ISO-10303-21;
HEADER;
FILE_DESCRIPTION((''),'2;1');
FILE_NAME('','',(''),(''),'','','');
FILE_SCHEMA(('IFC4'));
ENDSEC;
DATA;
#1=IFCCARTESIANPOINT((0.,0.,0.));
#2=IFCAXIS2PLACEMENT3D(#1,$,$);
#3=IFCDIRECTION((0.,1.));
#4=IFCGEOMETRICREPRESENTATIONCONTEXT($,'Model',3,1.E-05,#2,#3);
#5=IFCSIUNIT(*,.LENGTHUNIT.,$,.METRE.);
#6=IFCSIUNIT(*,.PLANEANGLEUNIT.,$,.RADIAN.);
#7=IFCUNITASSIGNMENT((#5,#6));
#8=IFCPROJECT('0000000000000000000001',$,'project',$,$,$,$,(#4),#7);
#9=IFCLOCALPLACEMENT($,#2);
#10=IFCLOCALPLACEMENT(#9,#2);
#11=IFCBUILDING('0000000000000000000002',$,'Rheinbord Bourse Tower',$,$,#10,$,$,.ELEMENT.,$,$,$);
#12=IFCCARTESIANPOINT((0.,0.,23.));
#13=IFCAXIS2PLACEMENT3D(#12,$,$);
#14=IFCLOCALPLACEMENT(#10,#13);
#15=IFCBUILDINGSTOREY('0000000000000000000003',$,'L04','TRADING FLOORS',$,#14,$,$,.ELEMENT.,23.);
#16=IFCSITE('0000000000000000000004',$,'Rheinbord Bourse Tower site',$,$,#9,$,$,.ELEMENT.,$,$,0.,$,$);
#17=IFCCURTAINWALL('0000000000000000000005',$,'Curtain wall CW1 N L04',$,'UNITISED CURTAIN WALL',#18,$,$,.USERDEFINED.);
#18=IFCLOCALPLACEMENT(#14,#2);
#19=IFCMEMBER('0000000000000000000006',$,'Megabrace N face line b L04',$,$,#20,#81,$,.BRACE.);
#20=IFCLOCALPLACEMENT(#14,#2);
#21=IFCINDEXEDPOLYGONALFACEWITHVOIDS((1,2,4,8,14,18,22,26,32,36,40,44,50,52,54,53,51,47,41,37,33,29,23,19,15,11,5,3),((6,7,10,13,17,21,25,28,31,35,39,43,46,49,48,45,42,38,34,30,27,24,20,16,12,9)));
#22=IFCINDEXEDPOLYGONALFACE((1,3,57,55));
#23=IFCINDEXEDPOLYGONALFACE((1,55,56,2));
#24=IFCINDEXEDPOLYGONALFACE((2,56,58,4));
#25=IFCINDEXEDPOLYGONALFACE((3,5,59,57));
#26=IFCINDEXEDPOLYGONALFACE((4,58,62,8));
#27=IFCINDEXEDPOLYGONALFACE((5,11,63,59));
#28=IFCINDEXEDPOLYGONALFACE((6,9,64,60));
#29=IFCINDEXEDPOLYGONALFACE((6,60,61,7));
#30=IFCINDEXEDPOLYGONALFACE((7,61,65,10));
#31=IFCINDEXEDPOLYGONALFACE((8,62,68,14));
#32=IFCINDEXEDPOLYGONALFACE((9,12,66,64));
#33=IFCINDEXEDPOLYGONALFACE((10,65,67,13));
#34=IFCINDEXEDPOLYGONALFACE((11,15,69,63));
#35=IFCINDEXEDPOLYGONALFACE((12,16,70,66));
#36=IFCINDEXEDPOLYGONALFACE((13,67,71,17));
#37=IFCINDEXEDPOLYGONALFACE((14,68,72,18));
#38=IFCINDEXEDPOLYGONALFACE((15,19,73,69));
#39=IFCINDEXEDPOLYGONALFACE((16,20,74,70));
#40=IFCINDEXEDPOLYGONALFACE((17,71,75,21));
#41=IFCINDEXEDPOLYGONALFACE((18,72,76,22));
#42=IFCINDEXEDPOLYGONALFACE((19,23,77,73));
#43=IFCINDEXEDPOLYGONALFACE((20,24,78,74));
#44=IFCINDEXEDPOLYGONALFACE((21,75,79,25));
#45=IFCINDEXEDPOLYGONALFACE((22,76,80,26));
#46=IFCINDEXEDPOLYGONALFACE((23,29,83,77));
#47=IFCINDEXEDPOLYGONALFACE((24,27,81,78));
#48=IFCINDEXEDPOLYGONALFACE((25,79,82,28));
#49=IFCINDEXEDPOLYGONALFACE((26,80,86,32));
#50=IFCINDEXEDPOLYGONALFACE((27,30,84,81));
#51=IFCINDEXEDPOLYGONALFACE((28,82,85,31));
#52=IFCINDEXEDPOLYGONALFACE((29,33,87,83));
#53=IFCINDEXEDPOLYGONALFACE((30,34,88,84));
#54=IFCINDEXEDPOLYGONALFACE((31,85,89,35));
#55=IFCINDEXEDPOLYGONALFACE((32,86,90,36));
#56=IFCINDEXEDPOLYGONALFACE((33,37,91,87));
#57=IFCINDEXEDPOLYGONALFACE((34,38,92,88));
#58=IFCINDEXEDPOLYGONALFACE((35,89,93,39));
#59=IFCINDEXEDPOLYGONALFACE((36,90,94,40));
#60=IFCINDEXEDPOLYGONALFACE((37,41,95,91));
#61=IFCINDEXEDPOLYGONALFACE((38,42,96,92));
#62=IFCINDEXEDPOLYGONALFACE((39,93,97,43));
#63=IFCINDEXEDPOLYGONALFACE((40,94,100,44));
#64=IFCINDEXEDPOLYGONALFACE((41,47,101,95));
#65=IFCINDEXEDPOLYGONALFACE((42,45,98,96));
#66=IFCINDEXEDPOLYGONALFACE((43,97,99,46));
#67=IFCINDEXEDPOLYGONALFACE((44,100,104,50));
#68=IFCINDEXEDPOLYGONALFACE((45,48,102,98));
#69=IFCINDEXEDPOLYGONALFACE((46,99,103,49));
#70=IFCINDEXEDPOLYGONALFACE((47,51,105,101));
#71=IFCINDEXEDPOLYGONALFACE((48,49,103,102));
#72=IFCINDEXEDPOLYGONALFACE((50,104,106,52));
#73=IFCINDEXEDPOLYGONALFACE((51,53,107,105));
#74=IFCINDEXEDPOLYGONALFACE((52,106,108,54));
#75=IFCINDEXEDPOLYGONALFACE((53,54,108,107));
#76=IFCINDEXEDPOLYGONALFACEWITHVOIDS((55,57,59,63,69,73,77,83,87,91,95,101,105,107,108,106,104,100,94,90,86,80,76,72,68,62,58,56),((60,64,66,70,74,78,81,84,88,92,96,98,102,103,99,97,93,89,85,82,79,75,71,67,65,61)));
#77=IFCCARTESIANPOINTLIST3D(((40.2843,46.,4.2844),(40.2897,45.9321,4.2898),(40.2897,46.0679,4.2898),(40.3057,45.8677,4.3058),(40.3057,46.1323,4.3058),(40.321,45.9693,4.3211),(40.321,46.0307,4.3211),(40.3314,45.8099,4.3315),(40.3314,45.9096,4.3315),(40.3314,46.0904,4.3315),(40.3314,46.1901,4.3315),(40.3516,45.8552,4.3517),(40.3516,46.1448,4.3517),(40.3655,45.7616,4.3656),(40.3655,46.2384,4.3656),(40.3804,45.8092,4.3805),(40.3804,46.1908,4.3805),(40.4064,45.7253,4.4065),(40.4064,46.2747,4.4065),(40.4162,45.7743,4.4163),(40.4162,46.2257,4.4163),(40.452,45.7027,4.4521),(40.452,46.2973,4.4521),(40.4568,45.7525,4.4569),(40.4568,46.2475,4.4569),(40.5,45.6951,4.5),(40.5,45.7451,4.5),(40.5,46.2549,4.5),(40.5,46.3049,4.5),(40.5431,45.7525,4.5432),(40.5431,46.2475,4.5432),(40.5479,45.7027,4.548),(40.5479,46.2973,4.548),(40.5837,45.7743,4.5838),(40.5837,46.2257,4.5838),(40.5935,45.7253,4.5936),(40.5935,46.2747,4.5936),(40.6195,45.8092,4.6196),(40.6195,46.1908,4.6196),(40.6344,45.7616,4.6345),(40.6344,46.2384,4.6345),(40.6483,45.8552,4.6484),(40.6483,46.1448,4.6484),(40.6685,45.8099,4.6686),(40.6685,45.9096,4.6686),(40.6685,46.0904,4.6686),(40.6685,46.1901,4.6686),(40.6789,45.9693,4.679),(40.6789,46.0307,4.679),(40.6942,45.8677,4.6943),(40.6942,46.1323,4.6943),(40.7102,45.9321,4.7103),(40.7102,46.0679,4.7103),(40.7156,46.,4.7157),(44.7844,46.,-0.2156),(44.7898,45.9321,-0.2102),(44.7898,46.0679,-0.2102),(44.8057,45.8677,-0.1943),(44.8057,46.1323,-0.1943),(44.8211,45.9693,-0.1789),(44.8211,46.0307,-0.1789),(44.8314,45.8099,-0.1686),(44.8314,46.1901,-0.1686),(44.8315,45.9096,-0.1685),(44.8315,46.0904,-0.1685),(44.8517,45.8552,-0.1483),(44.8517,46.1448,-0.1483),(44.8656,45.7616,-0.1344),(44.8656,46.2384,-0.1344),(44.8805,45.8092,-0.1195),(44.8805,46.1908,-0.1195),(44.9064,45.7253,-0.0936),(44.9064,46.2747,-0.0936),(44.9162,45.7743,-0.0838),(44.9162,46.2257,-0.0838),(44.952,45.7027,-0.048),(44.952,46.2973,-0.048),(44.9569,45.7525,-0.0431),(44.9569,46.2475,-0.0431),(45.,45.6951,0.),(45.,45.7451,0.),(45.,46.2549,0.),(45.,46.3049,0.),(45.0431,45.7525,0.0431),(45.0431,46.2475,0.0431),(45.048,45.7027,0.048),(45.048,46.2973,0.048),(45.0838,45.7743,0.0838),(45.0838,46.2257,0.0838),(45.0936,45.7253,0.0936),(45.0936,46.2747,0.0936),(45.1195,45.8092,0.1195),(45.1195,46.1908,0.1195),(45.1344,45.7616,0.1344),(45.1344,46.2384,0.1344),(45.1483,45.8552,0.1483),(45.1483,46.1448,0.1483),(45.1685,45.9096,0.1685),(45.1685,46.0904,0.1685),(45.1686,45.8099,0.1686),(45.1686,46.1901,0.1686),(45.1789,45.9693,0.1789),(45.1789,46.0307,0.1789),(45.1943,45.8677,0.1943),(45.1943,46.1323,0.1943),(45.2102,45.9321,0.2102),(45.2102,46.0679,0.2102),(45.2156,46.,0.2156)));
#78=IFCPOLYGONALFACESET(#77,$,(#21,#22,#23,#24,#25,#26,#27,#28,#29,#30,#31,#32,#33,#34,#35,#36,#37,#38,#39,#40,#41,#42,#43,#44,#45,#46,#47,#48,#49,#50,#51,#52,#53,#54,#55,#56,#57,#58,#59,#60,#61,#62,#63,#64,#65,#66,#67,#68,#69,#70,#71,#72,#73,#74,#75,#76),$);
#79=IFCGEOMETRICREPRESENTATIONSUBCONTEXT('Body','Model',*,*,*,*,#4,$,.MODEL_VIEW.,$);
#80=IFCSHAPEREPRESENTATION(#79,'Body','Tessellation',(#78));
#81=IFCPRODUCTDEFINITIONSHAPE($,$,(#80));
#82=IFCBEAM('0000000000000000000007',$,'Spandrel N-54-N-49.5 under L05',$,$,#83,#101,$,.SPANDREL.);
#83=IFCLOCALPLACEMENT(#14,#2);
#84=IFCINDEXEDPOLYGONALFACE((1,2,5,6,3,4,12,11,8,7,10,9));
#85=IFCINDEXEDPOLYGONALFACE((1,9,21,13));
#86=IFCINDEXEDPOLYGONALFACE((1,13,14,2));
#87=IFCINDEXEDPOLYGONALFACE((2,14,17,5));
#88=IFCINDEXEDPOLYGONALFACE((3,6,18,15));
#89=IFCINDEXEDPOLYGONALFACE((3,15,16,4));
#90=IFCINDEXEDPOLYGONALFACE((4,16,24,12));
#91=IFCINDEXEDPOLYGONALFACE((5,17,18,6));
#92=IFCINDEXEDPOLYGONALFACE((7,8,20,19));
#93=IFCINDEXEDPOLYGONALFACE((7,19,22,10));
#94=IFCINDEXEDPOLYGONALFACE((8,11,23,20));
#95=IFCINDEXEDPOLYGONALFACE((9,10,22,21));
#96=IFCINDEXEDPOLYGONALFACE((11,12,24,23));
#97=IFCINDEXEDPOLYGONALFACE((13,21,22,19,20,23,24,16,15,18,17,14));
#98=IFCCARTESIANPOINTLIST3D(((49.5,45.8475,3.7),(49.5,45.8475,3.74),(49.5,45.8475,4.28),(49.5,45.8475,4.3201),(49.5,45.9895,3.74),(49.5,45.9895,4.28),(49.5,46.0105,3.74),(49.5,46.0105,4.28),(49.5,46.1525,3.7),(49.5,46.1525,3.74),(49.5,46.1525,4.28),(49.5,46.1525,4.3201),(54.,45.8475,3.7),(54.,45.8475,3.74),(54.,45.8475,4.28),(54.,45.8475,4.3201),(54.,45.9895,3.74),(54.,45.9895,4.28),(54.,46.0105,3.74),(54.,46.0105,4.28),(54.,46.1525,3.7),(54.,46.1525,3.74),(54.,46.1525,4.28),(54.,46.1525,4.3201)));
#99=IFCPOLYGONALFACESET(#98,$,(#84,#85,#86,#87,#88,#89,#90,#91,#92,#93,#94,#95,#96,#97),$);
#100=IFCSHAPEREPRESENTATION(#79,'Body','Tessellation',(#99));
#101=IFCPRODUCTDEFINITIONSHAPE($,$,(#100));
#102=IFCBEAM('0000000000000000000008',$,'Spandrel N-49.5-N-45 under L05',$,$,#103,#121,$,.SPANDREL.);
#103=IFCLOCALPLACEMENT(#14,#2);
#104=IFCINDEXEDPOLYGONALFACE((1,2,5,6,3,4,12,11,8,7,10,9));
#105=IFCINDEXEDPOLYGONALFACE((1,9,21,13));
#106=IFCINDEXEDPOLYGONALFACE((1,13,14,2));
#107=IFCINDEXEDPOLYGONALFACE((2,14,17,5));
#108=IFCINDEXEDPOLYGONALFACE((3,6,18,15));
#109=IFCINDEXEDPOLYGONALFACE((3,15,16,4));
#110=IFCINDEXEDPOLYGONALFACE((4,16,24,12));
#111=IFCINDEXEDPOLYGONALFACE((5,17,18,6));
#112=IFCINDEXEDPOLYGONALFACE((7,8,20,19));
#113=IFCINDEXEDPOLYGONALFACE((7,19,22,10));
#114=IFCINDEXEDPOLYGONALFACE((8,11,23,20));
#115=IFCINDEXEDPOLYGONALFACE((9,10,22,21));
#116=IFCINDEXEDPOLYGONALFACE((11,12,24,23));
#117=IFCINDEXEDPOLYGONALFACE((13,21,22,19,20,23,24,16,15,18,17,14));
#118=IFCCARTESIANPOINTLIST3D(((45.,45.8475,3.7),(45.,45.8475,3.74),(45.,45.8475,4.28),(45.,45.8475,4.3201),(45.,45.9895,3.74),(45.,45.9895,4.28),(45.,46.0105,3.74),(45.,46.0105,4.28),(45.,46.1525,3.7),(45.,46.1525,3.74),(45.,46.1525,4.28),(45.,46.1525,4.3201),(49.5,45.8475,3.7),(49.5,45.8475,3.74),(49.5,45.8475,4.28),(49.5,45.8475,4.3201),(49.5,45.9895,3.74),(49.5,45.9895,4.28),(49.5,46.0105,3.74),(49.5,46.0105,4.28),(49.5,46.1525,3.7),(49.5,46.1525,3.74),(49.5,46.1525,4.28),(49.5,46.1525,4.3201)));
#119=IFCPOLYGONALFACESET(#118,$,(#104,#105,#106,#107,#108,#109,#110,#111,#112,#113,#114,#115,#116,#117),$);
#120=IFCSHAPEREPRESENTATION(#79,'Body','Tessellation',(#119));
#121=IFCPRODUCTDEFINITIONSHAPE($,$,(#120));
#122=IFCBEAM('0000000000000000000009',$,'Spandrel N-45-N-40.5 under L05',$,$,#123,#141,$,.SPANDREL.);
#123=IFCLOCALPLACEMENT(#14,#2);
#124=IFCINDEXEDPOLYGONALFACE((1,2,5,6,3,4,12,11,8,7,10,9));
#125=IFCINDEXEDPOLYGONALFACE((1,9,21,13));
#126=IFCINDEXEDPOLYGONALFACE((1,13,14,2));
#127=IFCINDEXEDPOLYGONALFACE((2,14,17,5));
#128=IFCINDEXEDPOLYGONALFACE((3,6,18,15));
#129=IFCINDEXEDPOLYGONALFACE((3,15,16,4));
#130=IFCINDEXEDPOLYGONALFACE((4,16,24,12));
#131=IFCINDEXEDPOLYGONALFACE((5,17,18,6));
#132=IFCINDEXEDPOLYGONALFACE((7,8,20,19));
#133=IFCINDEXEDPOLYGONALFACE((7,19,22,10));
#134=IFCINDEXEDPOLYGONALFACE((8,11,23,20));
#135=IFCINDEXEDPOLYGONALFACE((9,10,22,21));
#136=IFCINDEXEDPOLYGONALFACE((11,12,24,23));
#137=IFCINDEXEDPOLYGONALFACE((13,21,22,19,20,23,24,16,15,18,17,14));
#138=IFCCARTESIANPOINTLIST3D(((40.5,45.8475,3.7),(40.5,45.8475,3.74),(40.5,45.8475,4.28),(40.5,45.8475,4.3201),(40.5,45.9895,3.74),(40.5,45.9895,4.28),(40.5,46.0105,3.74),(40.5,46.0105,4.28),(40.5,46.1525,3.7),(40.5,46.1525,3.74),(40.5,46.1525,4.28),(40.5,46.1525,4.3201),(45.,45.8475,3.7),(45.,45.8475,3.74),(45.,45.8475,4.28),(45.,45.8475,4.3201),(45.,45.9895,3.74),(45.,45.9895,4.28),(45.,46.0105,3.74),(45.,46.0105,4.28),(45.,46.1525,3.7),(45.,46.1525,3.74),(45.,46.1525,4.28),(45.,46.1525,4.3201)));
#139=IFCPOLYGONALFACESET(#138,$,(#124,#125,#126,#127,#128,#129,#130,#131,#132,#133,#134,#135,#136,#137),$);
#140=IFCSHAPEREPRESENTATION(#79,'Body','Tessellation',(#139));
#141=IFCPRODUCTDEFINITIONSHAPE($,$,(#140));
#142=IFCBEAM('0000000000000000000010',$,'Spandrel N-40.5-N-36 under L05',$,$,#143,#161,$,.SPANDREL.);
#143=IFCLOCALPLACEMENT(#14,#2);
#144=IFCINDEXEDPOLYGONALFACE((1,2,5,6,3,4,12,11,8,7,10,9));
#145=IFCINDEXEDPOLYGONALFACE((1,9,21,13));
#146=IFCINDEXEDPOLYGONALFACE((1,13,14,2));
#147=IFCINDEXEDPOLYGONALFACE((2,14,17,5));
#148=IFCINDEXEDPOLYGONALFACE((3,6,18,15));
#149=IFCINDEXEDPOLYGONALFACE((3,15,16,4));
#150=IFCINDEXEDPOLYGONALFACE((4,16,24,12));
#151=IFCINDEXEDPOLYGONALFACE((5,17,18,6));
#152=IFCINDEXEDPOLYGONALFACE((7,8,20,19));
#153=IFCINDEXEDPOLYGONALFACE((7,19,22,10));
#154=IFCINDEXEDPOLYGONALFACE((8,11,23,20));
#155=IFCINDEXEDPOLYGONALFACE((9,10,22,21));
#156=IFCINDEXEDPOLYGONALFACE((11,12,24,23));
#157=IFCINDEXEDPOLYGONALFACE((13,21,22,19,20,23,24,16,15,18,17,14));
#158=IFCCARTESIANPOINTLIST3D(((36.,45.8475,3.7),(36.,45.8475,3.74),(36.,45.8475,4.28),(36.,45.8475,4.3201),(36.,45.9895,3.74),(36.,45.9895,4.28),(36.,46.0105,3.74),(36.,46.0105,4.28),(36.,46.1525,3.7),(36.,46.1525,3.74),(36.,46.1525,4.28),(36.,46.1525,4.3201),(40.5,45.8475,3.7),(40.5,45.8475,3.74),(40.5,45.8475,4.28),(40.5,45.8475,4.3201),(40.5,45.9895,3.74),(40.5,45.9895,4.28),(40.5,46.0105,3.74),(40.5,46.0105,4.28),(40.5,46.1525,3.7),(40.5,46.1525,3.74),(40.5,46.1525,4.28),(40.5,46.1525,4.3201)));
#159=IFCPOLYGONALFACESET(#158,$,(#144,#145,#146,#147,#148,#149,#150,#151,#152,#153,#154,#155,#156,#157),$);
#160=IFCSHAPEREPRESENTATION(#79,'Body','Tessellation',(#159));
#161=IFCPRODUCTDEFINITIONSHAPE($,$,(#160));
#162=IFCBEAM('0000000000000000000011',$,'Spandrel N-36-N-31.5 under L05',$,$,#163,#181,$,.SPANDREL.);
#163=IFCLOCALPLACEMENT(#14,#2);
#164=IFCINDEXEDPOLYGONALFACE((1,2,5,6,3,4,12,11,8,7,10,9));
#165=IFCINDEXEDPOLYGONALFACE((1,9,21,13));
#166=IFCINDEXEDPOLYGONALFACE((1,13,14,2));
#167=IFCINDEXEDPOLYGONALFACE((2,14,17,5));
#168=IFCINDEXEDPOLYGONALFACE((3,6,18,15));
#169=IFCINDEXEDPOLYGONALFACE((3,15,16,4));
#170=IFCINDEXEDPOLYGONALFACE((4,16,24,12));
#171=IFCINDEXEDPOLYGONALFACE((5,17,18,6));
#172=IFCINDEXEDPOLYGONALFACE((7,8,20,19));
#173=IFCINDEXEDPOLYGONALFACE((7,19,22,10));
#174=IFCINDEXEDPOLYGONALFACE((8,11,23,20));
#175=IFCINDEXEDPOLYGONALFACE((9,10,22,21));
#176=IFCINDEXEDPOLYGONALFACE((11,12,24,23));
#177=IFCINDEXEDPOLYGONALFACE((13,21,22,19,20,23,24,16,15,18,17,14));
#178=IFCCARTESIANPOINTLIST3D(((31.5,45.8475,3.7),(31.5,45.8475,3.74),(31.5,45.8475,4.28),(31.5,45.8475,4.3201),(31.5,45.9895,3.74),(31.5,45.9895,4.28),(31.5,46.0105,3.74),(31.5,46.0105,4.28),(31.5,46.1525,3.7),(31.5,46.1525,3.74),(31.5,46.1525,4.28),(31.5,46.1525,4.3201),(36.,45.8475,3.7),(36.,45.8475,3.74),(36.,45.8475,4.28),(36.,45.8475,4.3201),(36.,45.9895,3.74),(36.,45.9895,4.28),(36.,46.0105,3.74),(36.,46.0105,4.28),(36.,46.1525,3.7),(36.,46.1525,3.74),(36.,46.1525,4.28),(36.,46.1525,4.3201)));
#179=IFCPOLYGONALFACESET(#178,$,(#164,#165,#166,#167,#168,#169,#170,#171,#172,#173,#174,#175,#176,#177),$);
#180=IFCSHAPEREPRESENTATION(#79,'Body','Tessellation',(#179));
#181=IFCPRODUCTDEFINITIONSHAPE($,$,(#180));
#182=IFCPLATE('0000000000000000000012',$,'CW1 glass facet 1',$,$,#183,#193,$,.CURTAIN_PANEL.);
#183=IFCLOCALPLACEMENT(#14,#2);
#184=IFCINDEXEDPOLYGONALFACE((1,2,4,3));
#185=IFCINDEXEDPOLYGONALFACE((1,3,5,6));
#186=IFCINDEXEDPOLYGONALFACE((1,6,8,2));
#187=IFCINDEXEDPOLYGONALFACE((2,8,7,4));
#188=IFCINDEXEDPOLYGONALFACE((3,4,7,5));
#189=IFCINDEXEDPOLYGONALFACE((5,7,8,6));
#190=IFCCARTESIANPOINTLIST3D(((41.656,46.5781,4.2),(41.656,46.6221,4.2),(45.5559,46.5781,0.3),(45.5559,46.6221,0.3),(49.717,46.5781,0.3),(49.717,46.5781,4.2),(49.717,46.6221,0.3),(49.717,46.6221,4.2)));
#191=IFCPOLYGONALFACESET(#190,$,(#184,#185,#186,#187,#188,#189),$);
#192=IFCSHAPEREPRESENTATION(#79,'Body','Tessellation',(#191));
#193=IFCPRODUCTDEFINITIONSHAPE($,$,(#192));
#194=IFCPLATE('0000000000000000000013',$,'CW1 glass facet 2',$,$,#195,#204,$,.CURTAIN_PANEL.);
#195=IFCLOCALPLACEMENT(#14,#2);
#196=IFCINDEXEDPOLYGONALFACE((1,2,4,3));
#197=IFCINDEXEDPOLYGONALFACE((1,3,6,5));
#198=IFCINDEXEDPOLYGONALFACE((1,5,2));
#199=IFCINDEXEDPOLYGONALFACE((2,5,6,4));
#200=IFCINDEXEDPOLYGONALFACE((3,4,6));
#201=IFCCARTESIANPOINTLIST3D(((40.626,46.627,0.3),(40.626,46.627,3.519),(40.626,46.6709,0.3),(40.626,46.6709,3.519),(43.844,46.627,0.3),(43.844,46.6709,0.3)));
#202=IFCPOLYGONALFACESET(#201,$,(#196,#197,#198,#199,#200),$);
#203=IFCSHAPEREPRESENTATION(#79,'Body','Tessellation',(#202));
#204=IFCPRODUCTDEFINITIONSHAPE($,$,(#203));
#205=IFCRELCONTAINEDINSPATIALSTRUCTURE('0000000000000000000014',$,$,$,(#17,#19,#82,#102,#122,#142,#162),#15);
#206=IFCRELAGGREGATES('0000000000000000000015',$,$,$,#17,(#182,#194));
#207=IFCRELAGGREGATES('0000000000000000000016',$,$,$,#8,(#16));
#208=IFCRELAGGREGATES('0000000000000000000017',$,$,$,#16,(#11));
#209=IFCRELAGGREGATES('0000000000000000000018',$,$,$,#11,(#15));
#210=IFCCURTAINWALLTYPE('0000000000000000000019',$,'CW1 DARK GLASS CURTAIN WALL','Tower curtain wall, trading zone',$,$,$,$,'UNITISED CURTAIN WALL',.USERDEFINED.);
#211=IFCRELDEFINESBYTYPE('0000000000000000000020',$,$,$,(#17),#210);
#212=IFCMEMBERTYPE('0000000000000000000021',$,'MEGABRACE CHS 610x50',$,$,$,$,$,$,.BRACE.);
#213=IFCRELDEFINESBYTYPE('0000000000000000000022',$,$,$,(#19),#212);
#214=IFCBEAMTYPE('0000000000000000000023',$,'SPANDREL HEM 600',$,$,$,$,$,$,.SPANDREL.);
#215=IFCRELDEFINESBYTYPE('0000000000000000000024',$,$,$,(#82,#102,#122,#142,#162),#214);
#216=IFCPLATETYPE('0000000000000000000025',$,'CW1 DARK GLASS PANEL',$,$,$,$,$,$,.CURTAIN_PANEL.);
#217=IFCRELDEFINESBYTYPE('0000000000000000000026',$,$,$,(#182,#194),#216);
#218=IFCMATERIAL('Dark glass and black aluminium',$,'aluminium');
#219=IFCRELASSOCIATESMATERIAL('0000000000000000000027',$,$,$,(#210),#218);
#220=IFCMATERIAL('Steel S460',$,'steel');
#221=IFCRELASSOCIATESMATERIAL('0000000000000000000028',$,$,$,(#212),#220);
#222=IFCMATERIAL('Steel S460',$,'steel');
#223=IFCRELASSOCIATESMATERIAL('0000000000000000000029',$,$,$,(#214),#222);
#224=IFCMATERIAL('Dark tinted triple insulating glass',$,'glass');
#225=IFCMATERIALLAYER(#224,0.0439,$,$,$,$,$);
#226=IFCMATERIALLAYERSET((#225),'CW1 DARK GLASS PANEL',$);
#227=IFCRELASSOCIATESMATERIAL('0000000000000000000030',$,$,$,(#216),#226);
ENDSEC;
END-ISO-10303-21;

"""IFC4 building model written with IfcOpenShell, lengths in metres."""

from ifc_helpers import new_model, si_unit, direction, frame, origin, origin_2d, place, context, subcontext, project, spatial, polyline, hollow_circle, i_section, outline, extrude, material, layer, layer_set, material_profile, profile_set, type_object, element, aggregate, save


model = new_model("IFC4")

# Units and contexts
model_context = context("Model", 3, precision=1e-05, world=origin(), true_north=direction((0.0, 1.0)))
body_context = subcontext(model_context, "Body", "Model", "MODEL_VIEW")
ifc_project = project(units=[si_unit("LENGTHUNIT", "METRE"), si_unit("PLANEANGLEUNIT", "RADIAN")], contexts=[model_context])

# Site, building, storey
site_placement = place(None, origin())
site = spatial("IfcSite", under=ifc_project, at=site_placement, Name="Rheinbord Bourse Tower site", CompositionType="ELEMENT", RefElevation=0.0)
building_placement = place(site_placement, origin())
building = spatial("IfcBuilding", under=site, at=building_placement, Name="Rheinbord Bourse Tower", CompositionType="ELEMENT")
storey_placement = place(building_placement, frame((0.0, 0.0, 23.0)))
storey = spatial("IfcBuildingStorey", under=building, at=storey_placement, Name="L04", Description="TRADING FLOORS", CompositionType="ELEMENT", Elevation=23.0)

# Curtain wall
ifc_material_1 = material(Name="Dark glass and black aluminium", Category="aluminium")
curtain_wall_type = type_object("IfcCurtainWallType", Name="CW1 DARK GLASS CURTAIN WALL", Description="Tower curtain wall, trading zone", ElementType="UNITISED CURTAIN WALL", PredefinedType="USERDEFINED", material=ifc_material_1)
curtain_wall_placement = place(storey_placement, origin())
curtain_wall = element("IfcCurtainWall", 1, at=curtain_wall_placement, inside=storey, type_object=curtain_wall_type, Name="Curtain wall CW1 N L04", ObjectType="UNITISED CURTAIN WALL", PredefinedType="USERDEFINED")

# Member
ifc_material_2 = material(Name="Steel S460", Category="steel")
ifc_material_profile_1 = material_profile(ifc_material_2, hollow_circle(Radius=0.3049, WallThickness=0.05, at=origin_2d()), Name="CHS 610x50")
ifc_profile_set_1 = profile_set([ifc_material_profile_1], Name="Steel S460")
member_type_1 = type_object("IfcMemberType", Name="MEGABRACE CHS 610x50", PredefinedType="BRACE", material=ifc_profile_set_1)
member_1_placement = place(storey_placement, frame((45.0, 46.0, 0.0), z_axis=(-0.707107, 0.0, 0.707107), x_axis=(0.0, -1.0, 0.0)))
element("IfcMember", 2, at=member_1_placement, inside=storey, type_object=member_type_1, Name="Megabrace N face line b L04", PredefinedType="BRACE", context=body_context, shape_type="SweptSolid", body=[
    extrude(hollow_circle(Radius=0.3049, WallThickness=0.05, at=origin_2d()), origin(), (0.0, 0.0, 1.0), 6.364),
])

# Beams
ifc_material_3 = material(Name="Steel S460", Category="steel")
ifc_material_profile_2 = material_profile(ifc_material_3, i_section(OverallWidth=0.3049, OverallDepth=0.6201, WebThickness=0.021, FlangeThickness=0.04, at=origin_2d()), Name="HEM 600")
ifc_profile_set_2 = profile_set([ifc_material_profile_2], Name="Steel S460")
beam_type_1 = type_object("IfcBeamType", Name="SPANDREL HEM 600", PredefinedType="SPANDREL", material=ifc_profile_set_2)
for number, where, z_axis, x_axis, name in (
    (3, (54.0, 46.0, 4.01), (-1.0, 0.0, 0.0), (0.0, -1.0, 0.0), "Spandrel N-54-N-49.5 under L05"),
    (4, (49.5, 46.0, 4.01), (-1.0, 0.0, 0.0), (0.0, -1.0, 0.0), "Spandrel N-49.5-N-45 under L05"),
    (5, (45.0, 46.0, 4.01), (-1.0, 0.0, 0.0), (0.0, -1.0, 0.0), "Spandrel N-45-N-40.5 under L05"),
    (6, (40.5, 46.0, 4.01), (-1.0, 0.0, 0.0), (0.0, -1.0, 0.0), "Spandrel N-40.5-N-36 under L05"),
    (7, (36.0, 46.0, 4.01), (-1.0, 0.0, 0.0), (0.0, -1.0, 0.0), "Spandrel N-36-N-31.5 under L05"),
):
    element("IfcBeam", number, at=place(storey_placement, frame(where, z_axis=z_axis, x_axis=x_axis)), inside=storey, type_object=beam_type_1, Name=name, PredefinedType="SPANDREL", context=body_context, shape_type="SweptSolid", body=[
        extrude(i_section(OverallWidth=0.3049, OverallDepth=0.6201, WebThickness=0.021, FlangeThickness=0.04, at=origin_2d()), origin(), (0.0, 0.0, 1.0), 4.5),
    ])

# Plates
ifc_material_4 = material(Name="Dark tinted triple insulating glass", Category="glass")
ifc_layer_1 = layer(ifc_material_4, 0.0439)
ifc_layer_set_1 = layer_set([ifc_layer_1], Name="CW1 DARK GLASS PANEL")
plate_type = type_object("IfcPlateType", Name="CW1 DARK GLASS PANEL", PredefinedType="CURTAIN_PANEL", material=ifc_layer_set_1)
plate_1_placement = place(storey_placement, frame((49.717, 46.6221, 0.3), z_axis=(0.0, -1.0, 0.0), x_axis=(0.0, 0.0, 1.0)))
plate_1 = element("IfcPlate", 8, at=plate_1_placement, type_object=plate_type, Name="CW1 glass facet 1", PredefinedType="CURTAIN_PANEL", context=body_context, shape_type="SweptSolid", body=[
    extrude(outline(polyline([(0.0, 0.0), (3.8999, 0.0), (3.8999, 8.061), (0.0, 4.1611), (0.0, 0.0)])), origin(), (0.0, 0.0, 1.0), 0.0439),
])
plate_2_placement = place(storey_placement, frame((40.626, 46.6709, 0.3), z_axis=(0.0, -1.0, 0.0), x_axis=(1.0, 0.0, 0.0)))
plate_2 = element("IfcPlate", 9, at=plate_2_placement, type_object=plate_type, Name="CW1 glass facet 2", PredefinedType="CURTAIN_PANEL", context=body_context, shape_type="SweptSolid", body=[
    extrude(outline(polyline([(0.0, 0.0), (3.218, 0.0), (0.0, 3.219), (0.0, 0.0)])), origin(), (0.0, 0.0, 1.0), 0.0439),
])
aggregate(curtain_wall, [plate_1, plate_2])

save(model, "model.ifc")
